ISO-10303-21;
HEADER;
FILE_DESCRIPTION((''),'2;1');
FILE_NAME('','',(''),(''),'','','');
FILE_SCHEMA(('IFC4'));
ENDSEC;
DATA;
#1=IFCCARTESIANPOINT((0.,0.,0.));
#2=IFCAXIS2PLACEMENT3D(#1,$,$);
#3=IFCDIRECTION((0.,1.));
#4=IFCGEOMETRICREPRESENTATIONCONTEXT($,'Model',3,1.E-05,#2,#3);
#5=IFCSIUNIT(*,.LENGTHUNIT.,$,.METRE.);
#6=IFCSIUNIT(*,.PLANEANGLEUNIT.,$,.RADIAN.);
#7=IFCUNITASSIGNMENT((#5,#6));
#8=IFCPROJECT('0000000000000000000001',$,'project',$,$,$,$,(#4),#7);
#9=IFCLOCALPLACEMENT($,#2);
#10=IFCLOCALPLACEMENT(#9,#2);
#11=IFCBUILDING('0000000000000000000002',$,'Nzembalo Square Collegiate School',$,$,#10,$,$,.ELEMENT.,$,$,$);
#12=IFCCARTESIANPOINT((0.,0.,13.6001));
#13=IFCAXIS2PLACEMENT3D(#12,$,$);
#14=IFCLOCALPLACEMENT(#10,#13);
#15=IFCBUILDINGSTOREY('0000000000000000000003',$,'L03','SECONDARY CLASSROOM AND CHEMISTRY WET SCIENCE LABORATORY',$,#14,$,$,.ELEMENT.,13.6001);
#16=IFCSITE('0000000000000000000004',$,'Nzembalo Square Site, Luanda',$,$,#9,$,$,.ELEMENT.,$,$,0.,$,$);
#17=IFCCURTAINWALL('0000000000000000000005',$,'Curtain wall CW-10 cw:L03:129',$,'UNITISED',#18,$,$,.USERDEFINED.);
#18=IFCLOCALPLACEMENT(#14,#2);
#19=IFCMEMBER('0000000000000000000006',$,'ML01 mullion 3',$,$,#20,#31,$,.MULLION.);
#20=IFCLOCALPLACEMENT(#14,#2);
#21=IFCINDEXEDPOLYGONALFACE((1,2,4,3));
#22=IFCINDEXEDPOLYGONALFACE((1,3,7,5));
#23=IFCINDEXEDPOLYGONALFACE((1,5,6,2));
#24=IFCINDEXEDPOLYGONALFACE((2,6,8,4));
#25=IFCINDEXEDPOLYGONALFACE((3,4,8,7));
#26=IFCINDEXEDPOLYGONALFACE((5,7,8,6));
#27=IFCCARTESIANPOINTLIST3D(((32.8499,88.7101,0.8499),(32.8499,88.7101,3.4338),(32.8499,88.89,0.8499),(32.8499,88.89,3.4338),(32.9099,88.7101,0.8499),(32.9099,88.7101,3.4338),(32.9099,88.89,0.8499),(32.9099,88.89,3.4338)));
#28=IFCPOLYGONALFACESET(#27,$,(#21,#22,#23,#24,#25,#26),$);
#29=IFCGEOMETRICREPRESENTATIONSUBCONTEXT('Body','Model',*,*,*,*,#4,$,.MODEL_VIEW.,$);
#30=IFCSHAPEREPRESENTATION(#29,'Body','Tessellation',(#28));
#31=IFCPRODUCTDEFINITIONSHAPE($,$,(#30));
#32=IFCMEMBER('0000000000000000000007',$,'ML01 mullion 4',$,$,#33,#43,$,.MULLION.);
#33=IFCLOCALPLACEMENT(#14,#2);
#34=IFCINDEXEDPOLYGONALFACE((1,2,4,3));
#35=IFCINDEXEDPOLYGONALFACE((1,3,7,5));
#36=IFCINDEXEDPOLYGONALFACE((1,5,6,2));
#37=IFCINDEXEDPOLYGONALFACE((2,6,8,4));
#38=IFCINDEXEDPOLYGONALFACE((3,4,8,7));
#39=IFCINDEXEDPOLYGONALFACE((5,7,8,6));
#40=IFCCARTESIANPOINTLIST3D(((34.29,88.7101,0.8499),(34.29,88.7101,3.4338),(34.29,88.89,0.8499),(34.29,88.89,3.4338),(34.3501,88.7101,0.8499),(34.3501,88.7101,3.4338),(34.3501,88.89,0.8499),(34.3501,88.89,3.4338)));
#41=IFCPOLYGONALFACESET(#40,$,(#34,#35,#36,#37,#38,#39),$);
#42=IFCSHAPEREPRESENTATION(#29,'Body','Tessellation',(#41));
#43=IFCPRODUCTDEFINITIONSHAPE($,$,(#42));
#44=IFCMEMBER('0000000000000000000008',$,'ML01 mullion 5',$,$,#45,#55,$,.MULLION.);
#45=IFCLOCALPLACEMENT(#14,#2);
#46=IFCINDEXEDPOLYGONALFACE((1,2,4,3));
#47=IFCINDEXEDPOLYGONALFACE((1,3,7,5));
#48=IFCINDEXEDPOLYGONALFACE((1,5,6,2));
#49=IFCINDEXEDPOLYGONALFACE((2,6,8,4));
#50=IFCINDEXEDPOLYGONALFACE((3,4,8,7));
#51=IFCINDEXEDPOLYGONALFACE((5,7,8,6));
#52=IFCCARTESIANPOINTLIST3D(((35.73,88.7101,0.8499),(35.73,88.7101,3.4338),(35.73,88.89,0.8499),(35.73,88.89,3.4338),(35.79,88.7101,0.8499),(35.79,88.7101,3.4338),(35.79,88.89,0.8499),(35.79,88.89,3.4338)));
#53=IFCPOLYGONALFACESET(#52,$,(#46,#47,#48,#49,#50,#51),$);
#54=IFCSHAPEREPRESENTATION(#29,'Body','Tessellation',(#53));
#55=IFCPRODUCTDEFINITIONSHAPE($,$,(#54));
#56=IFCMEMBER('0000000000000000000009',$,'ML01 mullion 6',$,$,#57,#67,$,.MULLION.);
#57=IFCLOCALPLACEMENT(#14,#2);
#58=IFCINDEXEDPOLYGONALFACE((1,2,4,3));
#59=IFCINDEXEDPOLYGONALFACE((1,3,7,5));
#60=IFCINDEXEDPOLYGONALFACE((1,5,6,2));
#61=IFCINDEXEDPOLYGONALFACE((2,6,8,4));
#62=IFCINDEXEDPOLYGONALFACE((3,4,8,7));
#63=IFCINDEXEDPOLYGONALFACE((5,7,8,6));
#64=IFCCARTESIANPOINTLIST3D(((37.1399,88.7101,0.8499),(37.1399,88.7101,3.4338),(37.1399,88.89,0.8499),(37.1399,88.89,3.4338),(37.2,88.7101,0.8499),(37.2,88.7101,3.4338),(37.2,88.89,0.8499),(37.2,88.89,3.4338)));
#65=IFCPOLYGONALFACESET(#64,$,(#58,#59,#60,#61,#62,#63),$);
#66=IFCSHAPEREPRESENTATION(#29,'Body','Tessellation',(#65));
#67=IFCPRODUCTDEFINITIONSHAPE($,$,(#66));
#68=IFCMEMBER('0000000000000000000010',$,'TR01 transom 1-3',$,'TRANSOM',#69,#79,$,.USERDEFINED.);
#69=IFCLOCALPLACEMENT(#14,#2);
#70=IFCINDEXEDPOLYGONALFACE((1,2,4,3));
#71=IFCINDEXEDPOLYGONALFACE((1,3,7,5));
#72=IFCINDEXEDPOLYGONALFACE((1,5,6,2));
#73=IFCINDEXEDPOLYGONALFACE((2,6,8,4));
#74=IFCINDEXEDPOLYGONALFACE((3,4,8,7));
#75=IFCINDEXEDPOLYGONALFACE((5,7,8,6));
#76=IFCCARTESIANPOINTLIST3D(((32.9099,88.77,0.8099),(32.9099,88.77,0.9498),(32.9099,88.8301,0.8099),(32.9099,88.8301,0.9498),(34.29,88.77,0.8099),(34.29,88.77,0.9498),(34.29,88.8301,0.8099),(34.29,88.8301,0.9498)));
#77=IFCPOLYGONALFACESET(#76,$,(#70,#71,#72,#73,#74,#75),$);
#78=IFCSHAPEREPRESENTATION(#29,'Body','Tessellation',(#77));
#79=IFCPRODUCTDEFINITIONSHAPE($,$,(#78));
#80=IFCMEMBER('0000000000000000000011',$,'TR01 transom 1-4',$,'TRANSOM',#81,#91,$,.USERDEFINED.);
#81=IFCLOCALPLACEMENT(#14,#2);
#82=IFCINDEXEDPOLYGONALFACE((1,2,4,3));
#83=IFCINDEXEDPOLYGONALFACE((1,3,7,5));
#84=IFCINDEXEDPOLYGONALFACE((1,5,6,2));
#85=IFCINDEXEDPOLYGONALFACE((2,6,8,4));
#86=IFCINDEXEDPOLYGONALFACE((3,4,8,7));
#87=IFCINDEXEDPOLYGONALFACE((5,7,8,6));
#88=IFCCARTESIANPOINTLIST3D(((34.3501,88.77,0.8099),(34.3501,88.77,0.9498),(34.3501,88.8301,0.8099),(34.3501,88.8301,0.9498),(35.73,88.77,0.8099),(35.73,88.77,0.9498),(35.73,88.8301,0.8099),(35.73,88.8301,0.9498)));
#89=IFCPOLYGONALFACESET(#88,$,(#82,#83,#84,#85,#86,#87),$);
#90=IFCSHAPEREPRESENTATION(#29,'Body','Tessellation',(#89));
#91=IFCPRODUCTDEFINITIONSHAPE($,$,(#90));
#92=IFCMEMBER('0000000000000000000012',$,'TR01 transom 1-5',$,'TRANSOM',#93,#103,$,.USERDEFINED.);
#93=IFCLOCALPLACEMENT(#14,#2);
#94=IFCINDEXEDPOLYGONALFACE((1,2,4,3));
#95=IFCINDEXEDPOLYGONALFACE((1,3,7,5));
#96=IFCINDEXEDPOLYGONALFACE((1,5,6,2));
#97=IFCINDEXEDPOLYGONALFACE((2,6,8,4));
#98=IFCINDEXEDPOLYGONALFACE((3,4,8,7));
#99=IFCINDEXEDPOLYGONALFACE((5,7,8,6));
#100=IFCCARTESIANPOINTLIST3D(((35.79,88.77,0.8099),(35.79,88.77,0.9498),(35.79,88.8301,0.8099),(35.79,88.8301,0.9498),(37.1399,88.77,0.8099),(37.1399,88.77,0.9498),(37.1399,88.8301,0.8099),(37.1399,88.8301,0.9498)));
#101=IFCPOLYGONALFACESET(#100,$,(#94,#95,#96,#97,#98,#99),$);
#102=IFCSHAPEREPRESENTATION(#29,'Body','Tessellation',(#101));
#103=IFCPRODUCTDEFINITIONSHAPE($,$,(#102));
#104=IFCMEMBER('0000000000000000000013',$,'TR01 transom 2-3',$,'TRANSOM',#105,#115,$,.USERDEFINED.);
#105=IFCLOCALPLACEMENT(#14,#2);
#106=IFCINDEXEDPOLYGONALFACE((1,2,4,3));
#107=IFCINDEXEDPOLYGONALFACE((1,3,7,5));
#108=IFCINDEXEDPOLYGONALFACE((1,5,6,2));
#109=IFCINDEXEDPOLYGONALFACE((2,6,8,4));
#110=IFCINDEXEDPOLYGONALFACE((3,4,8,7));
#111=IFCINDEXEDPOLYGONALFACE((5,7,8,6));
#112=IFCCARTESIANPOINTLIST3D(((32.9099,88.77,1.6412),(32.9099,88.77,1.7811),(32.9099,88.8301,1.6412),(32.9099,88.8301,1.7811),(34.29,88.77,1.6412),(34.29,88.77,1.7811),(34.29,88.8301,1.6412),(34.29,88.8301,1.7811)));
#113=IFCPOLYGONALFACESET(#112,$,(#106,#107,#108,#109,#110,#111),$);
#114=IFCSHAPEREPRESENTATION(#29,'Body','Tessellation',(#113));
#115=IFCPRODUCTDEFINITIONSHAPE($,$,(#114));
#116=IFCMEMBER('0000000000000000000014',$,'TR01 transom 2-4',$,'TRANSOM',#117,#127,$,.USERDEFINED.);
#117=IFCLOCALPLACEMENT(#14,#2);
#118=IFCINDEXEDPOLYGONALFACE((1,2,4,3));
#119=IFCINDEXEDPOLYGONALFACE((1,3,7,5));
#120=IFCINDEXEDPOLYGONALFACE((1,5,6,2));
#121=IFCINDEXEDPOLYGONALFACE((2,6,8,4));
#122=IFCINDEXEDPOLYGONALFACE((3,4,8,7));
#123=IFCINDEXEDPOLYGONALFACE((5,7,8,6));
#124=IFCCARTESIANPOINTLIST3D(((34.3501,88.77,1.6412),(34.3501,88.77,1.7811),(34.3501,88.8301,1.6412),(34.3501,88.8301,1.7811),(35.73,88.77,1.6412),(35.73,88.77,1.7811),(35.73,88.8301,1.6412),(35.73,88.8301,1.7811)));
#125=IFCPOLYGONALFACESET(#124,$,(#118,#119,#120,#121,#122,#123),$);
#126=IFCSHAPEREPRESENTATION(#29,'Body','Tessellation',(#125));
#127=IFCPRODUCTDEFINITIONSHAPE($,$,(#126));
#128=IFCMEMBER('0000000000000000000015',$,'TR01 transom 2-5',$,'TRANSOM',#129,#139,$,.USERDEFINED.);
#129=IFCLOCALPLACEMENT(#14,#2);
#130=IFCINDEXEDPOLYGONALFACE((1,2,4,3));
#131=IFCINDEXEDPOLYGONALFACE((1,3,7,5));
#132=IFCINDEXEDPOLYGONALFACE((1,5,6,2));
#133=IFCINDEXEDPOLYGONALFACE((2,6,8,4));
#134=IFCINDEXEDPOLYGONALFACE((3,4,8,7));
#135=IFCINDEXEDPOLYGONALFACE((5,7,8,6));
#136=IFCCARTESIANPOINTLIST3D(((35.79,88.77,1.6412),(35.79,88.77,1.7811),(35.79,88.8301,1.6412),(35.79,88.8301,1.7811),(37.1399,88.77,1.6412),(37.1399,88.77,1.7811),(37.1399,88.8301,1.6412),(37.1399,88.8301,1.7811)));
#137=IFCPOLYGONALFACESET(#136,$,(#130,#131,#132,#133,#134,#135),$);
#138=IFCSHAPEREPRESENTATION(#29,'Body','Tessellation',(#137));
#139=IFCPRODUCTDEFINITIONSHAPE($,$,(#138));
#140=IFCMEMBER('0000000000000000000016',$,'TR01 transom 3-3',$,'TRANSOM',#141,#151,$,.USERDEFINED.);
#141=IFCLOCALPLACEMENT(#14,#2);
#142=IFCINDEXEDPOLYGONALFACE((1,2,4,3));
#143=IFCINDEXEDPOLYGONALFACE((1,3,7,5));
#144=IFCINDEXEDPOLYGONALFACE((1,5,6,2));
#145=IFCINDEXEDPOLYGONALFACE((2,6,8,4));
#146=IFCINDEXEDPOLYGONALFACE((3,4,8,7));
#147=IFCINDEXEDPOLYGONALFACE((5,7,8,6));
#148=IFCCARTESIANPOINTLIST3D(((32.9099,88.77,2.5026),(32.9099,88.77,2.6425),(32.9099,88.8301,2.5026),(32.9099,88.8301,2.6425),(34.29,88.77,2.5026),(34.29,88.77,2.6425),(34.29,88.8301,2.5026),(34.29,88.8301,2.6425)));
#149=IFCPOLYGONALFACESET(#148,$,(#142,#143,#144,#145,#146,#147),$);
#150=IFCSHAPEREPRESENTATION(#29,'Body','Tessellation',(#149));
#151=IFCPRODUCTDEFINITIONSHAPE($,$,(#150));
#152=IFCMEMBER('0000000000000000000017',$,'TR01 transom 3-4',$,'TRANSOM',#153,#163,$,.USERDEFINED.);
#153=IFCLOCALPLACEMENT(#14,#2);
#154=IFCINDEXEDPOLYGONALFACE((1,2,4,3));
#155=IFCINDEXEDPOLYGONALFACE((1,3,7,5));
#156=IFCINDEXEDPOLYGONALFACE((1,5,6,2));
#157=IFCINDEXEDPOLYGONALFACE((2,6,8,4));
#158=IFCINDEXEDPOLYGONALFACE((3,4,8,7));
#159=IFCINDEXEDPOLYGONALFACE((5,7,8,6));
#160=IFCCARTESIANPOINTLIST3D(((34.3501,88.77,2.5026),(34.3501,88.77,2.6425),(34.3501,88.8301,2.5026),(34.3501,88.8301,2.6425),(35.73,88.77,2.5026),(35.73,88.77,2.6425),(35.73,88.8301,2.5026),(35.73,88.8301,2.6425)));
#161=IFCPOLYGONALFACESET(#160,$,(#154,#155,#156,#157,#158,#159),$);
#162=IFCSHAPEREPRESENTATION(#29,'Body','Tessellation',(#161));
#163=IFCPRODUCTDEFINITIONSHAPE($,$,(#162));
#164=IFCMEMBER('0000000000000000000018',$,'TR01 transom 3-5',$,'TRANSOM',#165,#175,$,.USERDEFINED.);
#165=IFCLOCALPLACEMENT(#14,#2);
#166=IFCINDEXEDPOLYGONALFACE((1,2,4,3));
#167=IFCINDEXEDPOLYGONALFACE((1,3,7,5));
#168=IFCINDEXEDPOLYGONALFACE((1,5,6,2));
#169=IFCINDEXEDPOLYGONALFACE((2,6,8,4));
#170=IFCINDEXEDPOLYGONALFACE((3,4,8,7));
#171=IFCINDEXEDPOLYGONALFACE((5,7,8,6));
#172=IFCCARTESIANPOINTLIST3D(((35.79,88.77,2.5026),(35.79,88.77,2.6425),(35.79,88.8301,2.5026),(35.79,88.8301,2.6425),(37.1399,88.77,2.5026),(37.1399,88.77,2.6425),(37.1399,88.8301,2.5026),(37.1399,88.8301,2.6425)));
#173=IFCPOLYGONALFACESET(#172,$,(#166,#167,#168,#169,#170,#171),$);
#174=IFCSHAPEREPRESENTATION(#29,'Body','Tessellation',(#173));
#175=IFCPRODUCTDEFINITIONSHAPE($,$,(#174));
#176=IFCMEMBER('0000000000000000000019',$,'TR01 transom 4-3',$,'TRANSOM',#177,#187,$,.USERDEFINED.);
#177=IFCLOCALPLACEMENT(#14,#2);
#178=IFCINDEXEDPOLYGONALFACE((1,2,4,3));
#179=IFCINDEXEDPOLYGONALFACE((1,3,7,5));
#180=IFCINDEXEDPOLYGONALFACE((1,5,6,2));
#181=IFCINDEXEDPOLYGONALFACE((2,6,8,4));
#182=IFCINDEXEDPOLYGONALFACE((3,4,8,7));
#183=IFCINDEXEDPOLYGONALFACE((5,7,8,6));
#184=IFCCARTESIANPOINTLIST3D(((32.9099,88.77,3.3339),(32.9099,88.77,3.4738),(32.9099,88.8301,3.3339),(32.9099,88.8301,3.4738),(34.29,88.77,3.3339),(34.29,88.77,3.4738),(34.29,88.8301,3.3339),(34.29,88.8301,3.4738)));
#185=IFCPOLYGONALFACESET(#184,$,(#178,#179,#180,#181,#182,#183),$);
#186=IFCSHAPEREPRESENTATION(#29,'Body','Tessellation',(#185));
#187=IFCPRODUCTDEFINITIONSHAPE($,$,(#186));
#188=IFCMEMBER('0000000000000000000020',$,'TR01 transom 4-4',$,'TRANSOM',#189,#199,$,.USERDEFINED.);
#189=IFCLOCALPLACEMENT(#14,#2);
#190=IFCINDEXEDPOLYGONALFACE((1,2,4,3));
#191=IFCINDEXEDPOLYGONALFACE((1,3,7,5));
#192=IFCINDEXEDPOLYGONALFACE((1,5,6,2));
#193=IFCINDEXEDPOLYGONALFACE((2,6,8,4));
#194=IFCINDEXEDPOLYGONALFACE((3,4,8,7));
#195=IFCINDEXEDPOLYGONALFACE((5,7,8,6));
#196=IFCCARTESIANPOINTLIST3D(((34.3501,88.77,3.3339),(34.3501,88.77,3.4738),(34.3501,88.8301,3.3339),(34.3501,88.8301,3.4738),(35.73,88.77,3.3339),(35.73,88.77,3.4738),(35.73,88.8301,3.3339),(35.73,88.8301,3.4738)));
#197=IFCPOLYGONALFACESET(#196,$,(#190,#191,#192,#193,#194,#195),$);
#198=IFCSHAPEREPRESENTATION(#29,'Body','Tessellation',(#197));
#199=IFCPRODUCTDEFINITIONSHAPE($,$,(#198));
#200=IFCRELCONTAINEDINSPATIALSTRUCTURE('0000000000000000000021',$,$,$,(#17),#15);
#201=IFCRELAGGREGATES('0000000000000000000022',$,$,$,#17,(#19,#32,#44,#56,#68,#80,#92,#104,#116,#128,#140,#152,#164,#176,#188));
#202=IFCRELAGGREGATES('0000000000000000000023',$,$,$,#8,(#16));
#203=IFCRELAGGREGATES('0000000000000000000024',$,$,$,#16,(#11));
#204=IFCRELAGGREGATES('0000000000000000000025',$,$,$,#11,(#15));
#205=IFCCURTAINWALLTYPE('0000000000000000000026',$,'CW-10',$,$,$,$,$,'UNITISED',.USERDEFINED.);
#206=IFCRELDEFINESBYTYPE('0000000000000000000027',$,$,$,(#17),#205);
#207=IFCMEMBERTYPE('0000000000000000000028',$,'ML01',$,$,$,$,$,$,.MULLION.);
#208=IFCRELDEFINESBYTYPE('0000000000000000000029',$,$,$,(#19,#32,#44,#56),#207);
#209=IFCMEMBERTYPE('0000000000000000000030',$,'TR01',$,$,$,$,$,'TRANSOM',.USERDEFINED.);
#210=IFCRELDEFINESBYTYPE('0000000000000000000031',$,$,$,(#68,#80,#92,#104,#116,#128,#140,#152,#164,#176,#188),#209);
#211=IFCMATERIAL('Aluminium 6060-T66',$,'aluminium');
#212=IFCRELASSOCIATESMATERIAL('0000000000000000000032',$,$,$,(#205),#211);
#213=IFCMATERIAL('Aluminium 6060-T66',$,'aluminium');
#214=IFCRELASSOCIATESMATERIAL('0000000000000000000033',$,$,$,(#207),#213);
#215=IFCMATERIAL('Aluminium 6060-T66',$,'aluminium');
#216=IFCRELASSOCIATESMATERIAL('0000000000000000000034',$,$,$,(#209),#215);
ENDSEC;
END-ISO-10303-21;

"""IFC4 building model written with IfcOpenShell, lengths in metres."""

from ifc_helpers import new_model, si_unit, direction, frame, origin, origin_2d, place, context, subcontext, project, spatial, rectangle, extrude, material, material_profile, profile_set, type_object, element, aggregate, save


model = new_model("IFC4")

# Units and contexts
model_context = context("Model", 3, precision=1e-05, world=origin(), true_north=direction((0.0, 1.0)))
body_context = subcontext(model_context, "Body", "Model", "MODEL_VIEW")
ifc_project = project(units=[si_unit("LENGTHUNIT", "METRE"), si_unit("PLANEANGLEUNIT", "RADIAN")], contexts=[model_context])

# Site, building, storey
site_placement = place(None, origin())
site = spatial("IfcSite", under=ifc_project, at=site_placement, Name="Nzembalo Square Site, Luanda", CompositionType="ELEMENT", RefElevation=0.0)
building_placement = place(site_placement, origin())
building = spatial("IfcBuilding", under=site, at=building_placement, Name="Nzembalo Square Collegiate School", CompositionType="ELEMENT")
storey_placement = place(building_placement, frame((0.0, 0.0, 13.6001)))
storey = spatial("IfcBuildingStorey", under=building, at=storey_placement, Name="L03", Description="SECONDARY CLASSROOM AND CHEMISTRY WET SCIENCE LABORATORY", CompositionType="ELEMENT", Elevation=13.6001)

# Curtain wall, members
ifc_material_1 = material(Name="Aluminium 6060-T66", Category="aluminium")
curtain_wall_type_1 = type_object("IfcCurtainWallType", Name="CW-10", ElementType="UNITISED", PredefinedType="USERDEFINED", material=ifc_material_1)
curtain_wall_1_placement = place(storey_placement, origin())
curtain_wall_1 = element("IfcCurtainWall", 1, at=curtain_wall_1_placement, inside=storey, type_object=curtain_wall_type_1, Name="Curtain wall CW-10 cw:L03:129", ObjectType="UNITISED", PredefinedType="USERDEFINED")
ifc_material_2 = material(Name="Aluminium 6060-T66", Category="aluminium")
ifc_material_profile_1 = material_profile(ifc_material_2, rectangle(XDim=0.0601, YDim=0.1799, at=origin_2d()), Name="ALU M60x180")
ifc_profile_set_1 = profile_set([ifc_material_profile_1], Name="Aluminium 6060-T66")
member_type_1 = type_object("IfcMemberType", Name="ML01", PredefinedType="MULLION", material=ifc_profile_set_1)
member_1_placement = place(storey_placement, frame((32.8799, 88.8, 0.8499), z_axis=(0.0, 0.0, 1.0), x_axis=(1.0, 0.0, 0.0)))
member_1 = element("IfcMember", 2, at=member_1_placement, type_object=member_type_1, Name="ML01 mullion 3", PredefinedType="MULLION", context=body_context, shape_type="SweptSolid", body=[
    extrude(rectangle(XDim=0.0601, YDim=0.1799, at=origin_2d()), origin(), (0.0, 0.0, 1.0), 2.584),
])
member_2_placement = place(storey_placement, frame((34.3201, 88.8, 0.8499), z_axis=(0.0, 0.0, 1.0), x_axis=(1.0, 0.0, 0.0)))
member_2 = element("IfcMember", 3, at=member_2_placement, type_object=member_type_1, Name="ML01 mullion 4", PredefinedType="MULLION", context=body_context, shape_type="SweptSolid", body=[
    extrude(rectangle(XDim=0.0601, YDim=0.1799, at=origin_2d()), origin(), (0.0, 0.0, 1.0), 2.584),
])
member_3_placement = place(storey_placement, frame((35.76, 88.8, 0.8499), z_axis=(0.0, 0.0, 1.0), x_axis=(1.0, 0.0, 0.0)))
member_3 = element("IfcMember", 4, at=member_3_placement, type_object=member_type_1, Name="ML01 mullion 5", PredefinedType="MULLION", context=body_context, shape_type="SweptSolid", body=[
    extrude(rectangle(XDim=0.0601, YDim=0.1799, at=origin_2d()), origin(), (0.0, 0.0, 1.0), 2.584),
])
member_4_placement = place(storey_placement, frame((37.1699, 88.8, 0.8499), z_axis=(0.0, 0.0, 1.0), x_axis=(1.0, 0.0, 0.0)))
member_4 = element("IfcMember", 5, at=member_4_placement, type_object=member_type_1, Name="ML01 mullion 6", PredefinedType="MULLION", context=body_context, shape_type="SweptSolid", body=[
    extrude(rectangle(XDim=0.0601, YDim=0.1799, at=origin_2d()), origin(), (0.0, 0.0, 1.0), 2.584),
])
ifc_material_3 = material(Name="Aluminium 6060-T66", Category="aluminium")
ifc_material_profile_2 = material_profile(ifc_material_3, rectangle(XDim=0.0601, YDim=0.1399, at=origin_2d()), Name="ALU T60x140")
ifc_profile_set_2 = profile_set([ifc_material_profile_2], Name="Aluminium 6060-T66")
member_type_2 = type_object("IfcMemberType", Name="TR01", ElementType="TRANSOM", PredefinedType="USERDEFINED", material=ifc_profile_set_2)
member_5_placement = place(storey_placement, frame((32.9099, 88.8, 0.8799), z_axis=(1.0, 0.0, 0.0), x_axis=(0.0, 1.0, 0.0)))
member_5 = element("IfcMember", 6, at=member_5_placement, type_object=member_type_2, Name="TR01 transom 1-3", ObjectType="TRANSOM", PredefinedType="USERDEFINED", context=body_context, shape_type="SweptSolid", body=[
    extrude(rectangle(XDim=0.0601, YDim=0.1399, at=origin_2d()), origin(), (0.0, 0.0, 1.0), 1.3801),
])
member_6_placement = place(storey_placement, frame((34.3501, 88.8, 0.8799), z_axis=(1.0, 0.0, 0.0), x_axis=(0.0, 1.0, 0.0)))
member_6 = element("IfcMember", 7, at=member_6_placement, type_object=member_type_2, Name="TR01 transom 1-4", ObjectType="TRANSOM", PredefinedType="USERDEFINED", context=body_context, shape_type="SweptSolid", body=[
    extrude(rectangle(XDim=0.0601, YDim=0.1399, at=origin_2d()), origin(), (0.0, 0.0, 1.0), 1.3799),
])
member_7_placement = place(storey_placement, frame((35.79, 88.8, 0.8799), z_axis=(1.0, 0.0, 0.0), x_axis=(0.0, 1.0, 0.0)))
member_7 = element("IfcMember", 8, at=member_7_placement, type_object=member_type_2, Name="TR01 transom 1-5", ObjectType="TRANSOM", PredefinedType="USERDEFINED", context=body_context, shape_type="SweptSolid", body=[
    extrude(rectangle(XDim=0.0601, YDim=0.1399, at=origin_2d()), origin(), (0.0, 0.0, 1.0), 1.3499),
])
member_8_placement = place(storey_placement, frame((32.9099, 88.8, 1.7112), z_axis=(1.0, 0.0, 0.0), x_axis=(0.0, 1.0, 0.0)))
member_8 = element("IfcMember", 9, at=member_8_placement, type_object=member_type_2, Name="TR01 transom 2-3", ObjectType="TRANSOM", PredefinedType="USERDEFINED", context=body_context, shape_type="SweptSolid", body=[
    extrude(rectangle(XDim=0.0601, YDim=0.1399, at=origin_2d()), origin(), (0.0, 0.0, 1.0), 1.3801),
])
member_9_placement = place(storey_placement, frame((34.3501, 88.8, 1.7112), z_axis=(1.0, 0.0, 0.0), x_axis=(0.0, 1.0, 0.0)))
member_9 = element("IfcMember", 10, at=member_9_placement, type_object=member_type_2, Name="TR01 transom 2-4", ObjectType="TRANSOM", PredefinedType="USERDEFINED", context=body_context, shape_type="SweptSolid", body=[
    extrude(rectangle(XDim=0.0601, YDim=0.1399, at=origin_2d()), origin(), (0.0, 0.0, 1.0), 1.3799),
])
member_10_placement = place(storey_placement, frame((35.79, 88.8, 1.7112), z_axis=(1.0, 0.0, 0.0), x_axis=(0.0, 1.0, 0.0)))
member_10 = element("IfcMember", 11, at=member_10_placement, type_object=member_type_2, Name="TR01 transom 2-5", ObjectType="TRANSOM", PredefinedType="USERDEFINED", context=body_context, shape_type="SweptSolid", body=[
    extrude(rectangle(XDim=0.0601, YDim=0.1399, at=origin_2d()), origin(), (0.0, 0.0, 1.0), 1.3499),
])
member_11_placement = place(storey_placement, frame((32.9099, 88.8, 2.5725), z_axis=(1.0, 0.0, 0.0), x_axis=(0.0, 1.0, 0.0)))
member_11 = element("IfcMember", 12, at=member_11_placement, type_object=member_type_2, Name="TR01 transom 3-3", ObjectType="TRANSOM", PredefinedType="USERDEFINED", context=body_context, shape_type="SweptSolid", body=[
    extrude(rectangle(XDim=0.0601, YDim=0.1399, at=origin_2d()), origin(), (0.0, 0.0, 1.0), 1.3801),
])
member_12_placement = place(storey_placement, frame((34.3501, 88.8, 2.5725), z_axis=(1.0, 0.0, 0.0), x_axis=(0.0, 1.0, 0.0)))
member_12 = element("IfcMember", 13, at=member_12_placement, type_object=member_type_2, Name="TR01 transom 3-4", ObjectType="TRANSOM", PredefinedType="USERDEFINED", context=body_context, shape_type="SweptSolid", body=[
    extrude(rectangle(XDim=0.0601, YDim=0.1399, at=origin_2d()), origin(), (0.0, 0.0, 1.0), 1.3799),
])
member_13_placement = place(storey_placement, frame((35.79, 88.8, 2.5725), z_axis=(1.0, 0.0, 0.0), x_axis=(0.0, 1.0, 0.0)))
member_13 = element("IfcMember", 14, at=member_13_placement, type_object=member_type_2, Name="TR01 transom 3-5", ObjectType="TRANSOM", PredefinedType="USERDEFINED", context=body_context, shape_type="SweptSolid", body=[
    extrude(rectangle(XDim=0.0601, YDim=0.1399, at=origin_2d()), origin(), (0.0, 0.0, 1.0), 1.3499),
])
member_14_placement = place(storey_placement, frame((32.9099, 88.8, 3.4038), z_axis=(1.0, 0.0, 0.0), x_axis=(0.0, 1.0, 0.0)))
member_14 = element("IfcMember", 15, at=member_14_placement, type_object=member_type_2, Name="TR01 transom 4-3", ObjectType="TRANSOM", PredefinedType="USERDEFINED", context=body_context, shape_type="SweptSolid", body=[
    extrude(rectangle(XDim=0.0601, YDim=0.1399, at=origin_2d()), origin(), (0.0, 0.0, 1.0), 1.3801),
])
member_15_placement = place(storey_placement, frame((34.3501, 88.8, 3.4038), z_axis=(1.0, 0.0, 0.0), x_axis=(0.0, 1.0, 0.0)))
member_15 = element("IfcMember", 16, at=member_15_placement, type_object=member_type_2, Name="TR01 transom 4-4", ObjectType="TRANSOM", PredefinedType="USERDEFINED", context=body_context, shape_type="SweptSolid", body=[
    extrude(rectangle(XDim=0.0601, YDim=0.1399, at=origin_2d()), origin(), (0.0, 0.0, 1.0), 1.3799),
])

aggregate(curtain_wall_1, [member_1, member_2, member_3, member_4, member_5, member_6, member_7, member_8, member_9, member_10, member_11, member_12, member_13, member_14, member_15])

save(model, "model.ifc")
